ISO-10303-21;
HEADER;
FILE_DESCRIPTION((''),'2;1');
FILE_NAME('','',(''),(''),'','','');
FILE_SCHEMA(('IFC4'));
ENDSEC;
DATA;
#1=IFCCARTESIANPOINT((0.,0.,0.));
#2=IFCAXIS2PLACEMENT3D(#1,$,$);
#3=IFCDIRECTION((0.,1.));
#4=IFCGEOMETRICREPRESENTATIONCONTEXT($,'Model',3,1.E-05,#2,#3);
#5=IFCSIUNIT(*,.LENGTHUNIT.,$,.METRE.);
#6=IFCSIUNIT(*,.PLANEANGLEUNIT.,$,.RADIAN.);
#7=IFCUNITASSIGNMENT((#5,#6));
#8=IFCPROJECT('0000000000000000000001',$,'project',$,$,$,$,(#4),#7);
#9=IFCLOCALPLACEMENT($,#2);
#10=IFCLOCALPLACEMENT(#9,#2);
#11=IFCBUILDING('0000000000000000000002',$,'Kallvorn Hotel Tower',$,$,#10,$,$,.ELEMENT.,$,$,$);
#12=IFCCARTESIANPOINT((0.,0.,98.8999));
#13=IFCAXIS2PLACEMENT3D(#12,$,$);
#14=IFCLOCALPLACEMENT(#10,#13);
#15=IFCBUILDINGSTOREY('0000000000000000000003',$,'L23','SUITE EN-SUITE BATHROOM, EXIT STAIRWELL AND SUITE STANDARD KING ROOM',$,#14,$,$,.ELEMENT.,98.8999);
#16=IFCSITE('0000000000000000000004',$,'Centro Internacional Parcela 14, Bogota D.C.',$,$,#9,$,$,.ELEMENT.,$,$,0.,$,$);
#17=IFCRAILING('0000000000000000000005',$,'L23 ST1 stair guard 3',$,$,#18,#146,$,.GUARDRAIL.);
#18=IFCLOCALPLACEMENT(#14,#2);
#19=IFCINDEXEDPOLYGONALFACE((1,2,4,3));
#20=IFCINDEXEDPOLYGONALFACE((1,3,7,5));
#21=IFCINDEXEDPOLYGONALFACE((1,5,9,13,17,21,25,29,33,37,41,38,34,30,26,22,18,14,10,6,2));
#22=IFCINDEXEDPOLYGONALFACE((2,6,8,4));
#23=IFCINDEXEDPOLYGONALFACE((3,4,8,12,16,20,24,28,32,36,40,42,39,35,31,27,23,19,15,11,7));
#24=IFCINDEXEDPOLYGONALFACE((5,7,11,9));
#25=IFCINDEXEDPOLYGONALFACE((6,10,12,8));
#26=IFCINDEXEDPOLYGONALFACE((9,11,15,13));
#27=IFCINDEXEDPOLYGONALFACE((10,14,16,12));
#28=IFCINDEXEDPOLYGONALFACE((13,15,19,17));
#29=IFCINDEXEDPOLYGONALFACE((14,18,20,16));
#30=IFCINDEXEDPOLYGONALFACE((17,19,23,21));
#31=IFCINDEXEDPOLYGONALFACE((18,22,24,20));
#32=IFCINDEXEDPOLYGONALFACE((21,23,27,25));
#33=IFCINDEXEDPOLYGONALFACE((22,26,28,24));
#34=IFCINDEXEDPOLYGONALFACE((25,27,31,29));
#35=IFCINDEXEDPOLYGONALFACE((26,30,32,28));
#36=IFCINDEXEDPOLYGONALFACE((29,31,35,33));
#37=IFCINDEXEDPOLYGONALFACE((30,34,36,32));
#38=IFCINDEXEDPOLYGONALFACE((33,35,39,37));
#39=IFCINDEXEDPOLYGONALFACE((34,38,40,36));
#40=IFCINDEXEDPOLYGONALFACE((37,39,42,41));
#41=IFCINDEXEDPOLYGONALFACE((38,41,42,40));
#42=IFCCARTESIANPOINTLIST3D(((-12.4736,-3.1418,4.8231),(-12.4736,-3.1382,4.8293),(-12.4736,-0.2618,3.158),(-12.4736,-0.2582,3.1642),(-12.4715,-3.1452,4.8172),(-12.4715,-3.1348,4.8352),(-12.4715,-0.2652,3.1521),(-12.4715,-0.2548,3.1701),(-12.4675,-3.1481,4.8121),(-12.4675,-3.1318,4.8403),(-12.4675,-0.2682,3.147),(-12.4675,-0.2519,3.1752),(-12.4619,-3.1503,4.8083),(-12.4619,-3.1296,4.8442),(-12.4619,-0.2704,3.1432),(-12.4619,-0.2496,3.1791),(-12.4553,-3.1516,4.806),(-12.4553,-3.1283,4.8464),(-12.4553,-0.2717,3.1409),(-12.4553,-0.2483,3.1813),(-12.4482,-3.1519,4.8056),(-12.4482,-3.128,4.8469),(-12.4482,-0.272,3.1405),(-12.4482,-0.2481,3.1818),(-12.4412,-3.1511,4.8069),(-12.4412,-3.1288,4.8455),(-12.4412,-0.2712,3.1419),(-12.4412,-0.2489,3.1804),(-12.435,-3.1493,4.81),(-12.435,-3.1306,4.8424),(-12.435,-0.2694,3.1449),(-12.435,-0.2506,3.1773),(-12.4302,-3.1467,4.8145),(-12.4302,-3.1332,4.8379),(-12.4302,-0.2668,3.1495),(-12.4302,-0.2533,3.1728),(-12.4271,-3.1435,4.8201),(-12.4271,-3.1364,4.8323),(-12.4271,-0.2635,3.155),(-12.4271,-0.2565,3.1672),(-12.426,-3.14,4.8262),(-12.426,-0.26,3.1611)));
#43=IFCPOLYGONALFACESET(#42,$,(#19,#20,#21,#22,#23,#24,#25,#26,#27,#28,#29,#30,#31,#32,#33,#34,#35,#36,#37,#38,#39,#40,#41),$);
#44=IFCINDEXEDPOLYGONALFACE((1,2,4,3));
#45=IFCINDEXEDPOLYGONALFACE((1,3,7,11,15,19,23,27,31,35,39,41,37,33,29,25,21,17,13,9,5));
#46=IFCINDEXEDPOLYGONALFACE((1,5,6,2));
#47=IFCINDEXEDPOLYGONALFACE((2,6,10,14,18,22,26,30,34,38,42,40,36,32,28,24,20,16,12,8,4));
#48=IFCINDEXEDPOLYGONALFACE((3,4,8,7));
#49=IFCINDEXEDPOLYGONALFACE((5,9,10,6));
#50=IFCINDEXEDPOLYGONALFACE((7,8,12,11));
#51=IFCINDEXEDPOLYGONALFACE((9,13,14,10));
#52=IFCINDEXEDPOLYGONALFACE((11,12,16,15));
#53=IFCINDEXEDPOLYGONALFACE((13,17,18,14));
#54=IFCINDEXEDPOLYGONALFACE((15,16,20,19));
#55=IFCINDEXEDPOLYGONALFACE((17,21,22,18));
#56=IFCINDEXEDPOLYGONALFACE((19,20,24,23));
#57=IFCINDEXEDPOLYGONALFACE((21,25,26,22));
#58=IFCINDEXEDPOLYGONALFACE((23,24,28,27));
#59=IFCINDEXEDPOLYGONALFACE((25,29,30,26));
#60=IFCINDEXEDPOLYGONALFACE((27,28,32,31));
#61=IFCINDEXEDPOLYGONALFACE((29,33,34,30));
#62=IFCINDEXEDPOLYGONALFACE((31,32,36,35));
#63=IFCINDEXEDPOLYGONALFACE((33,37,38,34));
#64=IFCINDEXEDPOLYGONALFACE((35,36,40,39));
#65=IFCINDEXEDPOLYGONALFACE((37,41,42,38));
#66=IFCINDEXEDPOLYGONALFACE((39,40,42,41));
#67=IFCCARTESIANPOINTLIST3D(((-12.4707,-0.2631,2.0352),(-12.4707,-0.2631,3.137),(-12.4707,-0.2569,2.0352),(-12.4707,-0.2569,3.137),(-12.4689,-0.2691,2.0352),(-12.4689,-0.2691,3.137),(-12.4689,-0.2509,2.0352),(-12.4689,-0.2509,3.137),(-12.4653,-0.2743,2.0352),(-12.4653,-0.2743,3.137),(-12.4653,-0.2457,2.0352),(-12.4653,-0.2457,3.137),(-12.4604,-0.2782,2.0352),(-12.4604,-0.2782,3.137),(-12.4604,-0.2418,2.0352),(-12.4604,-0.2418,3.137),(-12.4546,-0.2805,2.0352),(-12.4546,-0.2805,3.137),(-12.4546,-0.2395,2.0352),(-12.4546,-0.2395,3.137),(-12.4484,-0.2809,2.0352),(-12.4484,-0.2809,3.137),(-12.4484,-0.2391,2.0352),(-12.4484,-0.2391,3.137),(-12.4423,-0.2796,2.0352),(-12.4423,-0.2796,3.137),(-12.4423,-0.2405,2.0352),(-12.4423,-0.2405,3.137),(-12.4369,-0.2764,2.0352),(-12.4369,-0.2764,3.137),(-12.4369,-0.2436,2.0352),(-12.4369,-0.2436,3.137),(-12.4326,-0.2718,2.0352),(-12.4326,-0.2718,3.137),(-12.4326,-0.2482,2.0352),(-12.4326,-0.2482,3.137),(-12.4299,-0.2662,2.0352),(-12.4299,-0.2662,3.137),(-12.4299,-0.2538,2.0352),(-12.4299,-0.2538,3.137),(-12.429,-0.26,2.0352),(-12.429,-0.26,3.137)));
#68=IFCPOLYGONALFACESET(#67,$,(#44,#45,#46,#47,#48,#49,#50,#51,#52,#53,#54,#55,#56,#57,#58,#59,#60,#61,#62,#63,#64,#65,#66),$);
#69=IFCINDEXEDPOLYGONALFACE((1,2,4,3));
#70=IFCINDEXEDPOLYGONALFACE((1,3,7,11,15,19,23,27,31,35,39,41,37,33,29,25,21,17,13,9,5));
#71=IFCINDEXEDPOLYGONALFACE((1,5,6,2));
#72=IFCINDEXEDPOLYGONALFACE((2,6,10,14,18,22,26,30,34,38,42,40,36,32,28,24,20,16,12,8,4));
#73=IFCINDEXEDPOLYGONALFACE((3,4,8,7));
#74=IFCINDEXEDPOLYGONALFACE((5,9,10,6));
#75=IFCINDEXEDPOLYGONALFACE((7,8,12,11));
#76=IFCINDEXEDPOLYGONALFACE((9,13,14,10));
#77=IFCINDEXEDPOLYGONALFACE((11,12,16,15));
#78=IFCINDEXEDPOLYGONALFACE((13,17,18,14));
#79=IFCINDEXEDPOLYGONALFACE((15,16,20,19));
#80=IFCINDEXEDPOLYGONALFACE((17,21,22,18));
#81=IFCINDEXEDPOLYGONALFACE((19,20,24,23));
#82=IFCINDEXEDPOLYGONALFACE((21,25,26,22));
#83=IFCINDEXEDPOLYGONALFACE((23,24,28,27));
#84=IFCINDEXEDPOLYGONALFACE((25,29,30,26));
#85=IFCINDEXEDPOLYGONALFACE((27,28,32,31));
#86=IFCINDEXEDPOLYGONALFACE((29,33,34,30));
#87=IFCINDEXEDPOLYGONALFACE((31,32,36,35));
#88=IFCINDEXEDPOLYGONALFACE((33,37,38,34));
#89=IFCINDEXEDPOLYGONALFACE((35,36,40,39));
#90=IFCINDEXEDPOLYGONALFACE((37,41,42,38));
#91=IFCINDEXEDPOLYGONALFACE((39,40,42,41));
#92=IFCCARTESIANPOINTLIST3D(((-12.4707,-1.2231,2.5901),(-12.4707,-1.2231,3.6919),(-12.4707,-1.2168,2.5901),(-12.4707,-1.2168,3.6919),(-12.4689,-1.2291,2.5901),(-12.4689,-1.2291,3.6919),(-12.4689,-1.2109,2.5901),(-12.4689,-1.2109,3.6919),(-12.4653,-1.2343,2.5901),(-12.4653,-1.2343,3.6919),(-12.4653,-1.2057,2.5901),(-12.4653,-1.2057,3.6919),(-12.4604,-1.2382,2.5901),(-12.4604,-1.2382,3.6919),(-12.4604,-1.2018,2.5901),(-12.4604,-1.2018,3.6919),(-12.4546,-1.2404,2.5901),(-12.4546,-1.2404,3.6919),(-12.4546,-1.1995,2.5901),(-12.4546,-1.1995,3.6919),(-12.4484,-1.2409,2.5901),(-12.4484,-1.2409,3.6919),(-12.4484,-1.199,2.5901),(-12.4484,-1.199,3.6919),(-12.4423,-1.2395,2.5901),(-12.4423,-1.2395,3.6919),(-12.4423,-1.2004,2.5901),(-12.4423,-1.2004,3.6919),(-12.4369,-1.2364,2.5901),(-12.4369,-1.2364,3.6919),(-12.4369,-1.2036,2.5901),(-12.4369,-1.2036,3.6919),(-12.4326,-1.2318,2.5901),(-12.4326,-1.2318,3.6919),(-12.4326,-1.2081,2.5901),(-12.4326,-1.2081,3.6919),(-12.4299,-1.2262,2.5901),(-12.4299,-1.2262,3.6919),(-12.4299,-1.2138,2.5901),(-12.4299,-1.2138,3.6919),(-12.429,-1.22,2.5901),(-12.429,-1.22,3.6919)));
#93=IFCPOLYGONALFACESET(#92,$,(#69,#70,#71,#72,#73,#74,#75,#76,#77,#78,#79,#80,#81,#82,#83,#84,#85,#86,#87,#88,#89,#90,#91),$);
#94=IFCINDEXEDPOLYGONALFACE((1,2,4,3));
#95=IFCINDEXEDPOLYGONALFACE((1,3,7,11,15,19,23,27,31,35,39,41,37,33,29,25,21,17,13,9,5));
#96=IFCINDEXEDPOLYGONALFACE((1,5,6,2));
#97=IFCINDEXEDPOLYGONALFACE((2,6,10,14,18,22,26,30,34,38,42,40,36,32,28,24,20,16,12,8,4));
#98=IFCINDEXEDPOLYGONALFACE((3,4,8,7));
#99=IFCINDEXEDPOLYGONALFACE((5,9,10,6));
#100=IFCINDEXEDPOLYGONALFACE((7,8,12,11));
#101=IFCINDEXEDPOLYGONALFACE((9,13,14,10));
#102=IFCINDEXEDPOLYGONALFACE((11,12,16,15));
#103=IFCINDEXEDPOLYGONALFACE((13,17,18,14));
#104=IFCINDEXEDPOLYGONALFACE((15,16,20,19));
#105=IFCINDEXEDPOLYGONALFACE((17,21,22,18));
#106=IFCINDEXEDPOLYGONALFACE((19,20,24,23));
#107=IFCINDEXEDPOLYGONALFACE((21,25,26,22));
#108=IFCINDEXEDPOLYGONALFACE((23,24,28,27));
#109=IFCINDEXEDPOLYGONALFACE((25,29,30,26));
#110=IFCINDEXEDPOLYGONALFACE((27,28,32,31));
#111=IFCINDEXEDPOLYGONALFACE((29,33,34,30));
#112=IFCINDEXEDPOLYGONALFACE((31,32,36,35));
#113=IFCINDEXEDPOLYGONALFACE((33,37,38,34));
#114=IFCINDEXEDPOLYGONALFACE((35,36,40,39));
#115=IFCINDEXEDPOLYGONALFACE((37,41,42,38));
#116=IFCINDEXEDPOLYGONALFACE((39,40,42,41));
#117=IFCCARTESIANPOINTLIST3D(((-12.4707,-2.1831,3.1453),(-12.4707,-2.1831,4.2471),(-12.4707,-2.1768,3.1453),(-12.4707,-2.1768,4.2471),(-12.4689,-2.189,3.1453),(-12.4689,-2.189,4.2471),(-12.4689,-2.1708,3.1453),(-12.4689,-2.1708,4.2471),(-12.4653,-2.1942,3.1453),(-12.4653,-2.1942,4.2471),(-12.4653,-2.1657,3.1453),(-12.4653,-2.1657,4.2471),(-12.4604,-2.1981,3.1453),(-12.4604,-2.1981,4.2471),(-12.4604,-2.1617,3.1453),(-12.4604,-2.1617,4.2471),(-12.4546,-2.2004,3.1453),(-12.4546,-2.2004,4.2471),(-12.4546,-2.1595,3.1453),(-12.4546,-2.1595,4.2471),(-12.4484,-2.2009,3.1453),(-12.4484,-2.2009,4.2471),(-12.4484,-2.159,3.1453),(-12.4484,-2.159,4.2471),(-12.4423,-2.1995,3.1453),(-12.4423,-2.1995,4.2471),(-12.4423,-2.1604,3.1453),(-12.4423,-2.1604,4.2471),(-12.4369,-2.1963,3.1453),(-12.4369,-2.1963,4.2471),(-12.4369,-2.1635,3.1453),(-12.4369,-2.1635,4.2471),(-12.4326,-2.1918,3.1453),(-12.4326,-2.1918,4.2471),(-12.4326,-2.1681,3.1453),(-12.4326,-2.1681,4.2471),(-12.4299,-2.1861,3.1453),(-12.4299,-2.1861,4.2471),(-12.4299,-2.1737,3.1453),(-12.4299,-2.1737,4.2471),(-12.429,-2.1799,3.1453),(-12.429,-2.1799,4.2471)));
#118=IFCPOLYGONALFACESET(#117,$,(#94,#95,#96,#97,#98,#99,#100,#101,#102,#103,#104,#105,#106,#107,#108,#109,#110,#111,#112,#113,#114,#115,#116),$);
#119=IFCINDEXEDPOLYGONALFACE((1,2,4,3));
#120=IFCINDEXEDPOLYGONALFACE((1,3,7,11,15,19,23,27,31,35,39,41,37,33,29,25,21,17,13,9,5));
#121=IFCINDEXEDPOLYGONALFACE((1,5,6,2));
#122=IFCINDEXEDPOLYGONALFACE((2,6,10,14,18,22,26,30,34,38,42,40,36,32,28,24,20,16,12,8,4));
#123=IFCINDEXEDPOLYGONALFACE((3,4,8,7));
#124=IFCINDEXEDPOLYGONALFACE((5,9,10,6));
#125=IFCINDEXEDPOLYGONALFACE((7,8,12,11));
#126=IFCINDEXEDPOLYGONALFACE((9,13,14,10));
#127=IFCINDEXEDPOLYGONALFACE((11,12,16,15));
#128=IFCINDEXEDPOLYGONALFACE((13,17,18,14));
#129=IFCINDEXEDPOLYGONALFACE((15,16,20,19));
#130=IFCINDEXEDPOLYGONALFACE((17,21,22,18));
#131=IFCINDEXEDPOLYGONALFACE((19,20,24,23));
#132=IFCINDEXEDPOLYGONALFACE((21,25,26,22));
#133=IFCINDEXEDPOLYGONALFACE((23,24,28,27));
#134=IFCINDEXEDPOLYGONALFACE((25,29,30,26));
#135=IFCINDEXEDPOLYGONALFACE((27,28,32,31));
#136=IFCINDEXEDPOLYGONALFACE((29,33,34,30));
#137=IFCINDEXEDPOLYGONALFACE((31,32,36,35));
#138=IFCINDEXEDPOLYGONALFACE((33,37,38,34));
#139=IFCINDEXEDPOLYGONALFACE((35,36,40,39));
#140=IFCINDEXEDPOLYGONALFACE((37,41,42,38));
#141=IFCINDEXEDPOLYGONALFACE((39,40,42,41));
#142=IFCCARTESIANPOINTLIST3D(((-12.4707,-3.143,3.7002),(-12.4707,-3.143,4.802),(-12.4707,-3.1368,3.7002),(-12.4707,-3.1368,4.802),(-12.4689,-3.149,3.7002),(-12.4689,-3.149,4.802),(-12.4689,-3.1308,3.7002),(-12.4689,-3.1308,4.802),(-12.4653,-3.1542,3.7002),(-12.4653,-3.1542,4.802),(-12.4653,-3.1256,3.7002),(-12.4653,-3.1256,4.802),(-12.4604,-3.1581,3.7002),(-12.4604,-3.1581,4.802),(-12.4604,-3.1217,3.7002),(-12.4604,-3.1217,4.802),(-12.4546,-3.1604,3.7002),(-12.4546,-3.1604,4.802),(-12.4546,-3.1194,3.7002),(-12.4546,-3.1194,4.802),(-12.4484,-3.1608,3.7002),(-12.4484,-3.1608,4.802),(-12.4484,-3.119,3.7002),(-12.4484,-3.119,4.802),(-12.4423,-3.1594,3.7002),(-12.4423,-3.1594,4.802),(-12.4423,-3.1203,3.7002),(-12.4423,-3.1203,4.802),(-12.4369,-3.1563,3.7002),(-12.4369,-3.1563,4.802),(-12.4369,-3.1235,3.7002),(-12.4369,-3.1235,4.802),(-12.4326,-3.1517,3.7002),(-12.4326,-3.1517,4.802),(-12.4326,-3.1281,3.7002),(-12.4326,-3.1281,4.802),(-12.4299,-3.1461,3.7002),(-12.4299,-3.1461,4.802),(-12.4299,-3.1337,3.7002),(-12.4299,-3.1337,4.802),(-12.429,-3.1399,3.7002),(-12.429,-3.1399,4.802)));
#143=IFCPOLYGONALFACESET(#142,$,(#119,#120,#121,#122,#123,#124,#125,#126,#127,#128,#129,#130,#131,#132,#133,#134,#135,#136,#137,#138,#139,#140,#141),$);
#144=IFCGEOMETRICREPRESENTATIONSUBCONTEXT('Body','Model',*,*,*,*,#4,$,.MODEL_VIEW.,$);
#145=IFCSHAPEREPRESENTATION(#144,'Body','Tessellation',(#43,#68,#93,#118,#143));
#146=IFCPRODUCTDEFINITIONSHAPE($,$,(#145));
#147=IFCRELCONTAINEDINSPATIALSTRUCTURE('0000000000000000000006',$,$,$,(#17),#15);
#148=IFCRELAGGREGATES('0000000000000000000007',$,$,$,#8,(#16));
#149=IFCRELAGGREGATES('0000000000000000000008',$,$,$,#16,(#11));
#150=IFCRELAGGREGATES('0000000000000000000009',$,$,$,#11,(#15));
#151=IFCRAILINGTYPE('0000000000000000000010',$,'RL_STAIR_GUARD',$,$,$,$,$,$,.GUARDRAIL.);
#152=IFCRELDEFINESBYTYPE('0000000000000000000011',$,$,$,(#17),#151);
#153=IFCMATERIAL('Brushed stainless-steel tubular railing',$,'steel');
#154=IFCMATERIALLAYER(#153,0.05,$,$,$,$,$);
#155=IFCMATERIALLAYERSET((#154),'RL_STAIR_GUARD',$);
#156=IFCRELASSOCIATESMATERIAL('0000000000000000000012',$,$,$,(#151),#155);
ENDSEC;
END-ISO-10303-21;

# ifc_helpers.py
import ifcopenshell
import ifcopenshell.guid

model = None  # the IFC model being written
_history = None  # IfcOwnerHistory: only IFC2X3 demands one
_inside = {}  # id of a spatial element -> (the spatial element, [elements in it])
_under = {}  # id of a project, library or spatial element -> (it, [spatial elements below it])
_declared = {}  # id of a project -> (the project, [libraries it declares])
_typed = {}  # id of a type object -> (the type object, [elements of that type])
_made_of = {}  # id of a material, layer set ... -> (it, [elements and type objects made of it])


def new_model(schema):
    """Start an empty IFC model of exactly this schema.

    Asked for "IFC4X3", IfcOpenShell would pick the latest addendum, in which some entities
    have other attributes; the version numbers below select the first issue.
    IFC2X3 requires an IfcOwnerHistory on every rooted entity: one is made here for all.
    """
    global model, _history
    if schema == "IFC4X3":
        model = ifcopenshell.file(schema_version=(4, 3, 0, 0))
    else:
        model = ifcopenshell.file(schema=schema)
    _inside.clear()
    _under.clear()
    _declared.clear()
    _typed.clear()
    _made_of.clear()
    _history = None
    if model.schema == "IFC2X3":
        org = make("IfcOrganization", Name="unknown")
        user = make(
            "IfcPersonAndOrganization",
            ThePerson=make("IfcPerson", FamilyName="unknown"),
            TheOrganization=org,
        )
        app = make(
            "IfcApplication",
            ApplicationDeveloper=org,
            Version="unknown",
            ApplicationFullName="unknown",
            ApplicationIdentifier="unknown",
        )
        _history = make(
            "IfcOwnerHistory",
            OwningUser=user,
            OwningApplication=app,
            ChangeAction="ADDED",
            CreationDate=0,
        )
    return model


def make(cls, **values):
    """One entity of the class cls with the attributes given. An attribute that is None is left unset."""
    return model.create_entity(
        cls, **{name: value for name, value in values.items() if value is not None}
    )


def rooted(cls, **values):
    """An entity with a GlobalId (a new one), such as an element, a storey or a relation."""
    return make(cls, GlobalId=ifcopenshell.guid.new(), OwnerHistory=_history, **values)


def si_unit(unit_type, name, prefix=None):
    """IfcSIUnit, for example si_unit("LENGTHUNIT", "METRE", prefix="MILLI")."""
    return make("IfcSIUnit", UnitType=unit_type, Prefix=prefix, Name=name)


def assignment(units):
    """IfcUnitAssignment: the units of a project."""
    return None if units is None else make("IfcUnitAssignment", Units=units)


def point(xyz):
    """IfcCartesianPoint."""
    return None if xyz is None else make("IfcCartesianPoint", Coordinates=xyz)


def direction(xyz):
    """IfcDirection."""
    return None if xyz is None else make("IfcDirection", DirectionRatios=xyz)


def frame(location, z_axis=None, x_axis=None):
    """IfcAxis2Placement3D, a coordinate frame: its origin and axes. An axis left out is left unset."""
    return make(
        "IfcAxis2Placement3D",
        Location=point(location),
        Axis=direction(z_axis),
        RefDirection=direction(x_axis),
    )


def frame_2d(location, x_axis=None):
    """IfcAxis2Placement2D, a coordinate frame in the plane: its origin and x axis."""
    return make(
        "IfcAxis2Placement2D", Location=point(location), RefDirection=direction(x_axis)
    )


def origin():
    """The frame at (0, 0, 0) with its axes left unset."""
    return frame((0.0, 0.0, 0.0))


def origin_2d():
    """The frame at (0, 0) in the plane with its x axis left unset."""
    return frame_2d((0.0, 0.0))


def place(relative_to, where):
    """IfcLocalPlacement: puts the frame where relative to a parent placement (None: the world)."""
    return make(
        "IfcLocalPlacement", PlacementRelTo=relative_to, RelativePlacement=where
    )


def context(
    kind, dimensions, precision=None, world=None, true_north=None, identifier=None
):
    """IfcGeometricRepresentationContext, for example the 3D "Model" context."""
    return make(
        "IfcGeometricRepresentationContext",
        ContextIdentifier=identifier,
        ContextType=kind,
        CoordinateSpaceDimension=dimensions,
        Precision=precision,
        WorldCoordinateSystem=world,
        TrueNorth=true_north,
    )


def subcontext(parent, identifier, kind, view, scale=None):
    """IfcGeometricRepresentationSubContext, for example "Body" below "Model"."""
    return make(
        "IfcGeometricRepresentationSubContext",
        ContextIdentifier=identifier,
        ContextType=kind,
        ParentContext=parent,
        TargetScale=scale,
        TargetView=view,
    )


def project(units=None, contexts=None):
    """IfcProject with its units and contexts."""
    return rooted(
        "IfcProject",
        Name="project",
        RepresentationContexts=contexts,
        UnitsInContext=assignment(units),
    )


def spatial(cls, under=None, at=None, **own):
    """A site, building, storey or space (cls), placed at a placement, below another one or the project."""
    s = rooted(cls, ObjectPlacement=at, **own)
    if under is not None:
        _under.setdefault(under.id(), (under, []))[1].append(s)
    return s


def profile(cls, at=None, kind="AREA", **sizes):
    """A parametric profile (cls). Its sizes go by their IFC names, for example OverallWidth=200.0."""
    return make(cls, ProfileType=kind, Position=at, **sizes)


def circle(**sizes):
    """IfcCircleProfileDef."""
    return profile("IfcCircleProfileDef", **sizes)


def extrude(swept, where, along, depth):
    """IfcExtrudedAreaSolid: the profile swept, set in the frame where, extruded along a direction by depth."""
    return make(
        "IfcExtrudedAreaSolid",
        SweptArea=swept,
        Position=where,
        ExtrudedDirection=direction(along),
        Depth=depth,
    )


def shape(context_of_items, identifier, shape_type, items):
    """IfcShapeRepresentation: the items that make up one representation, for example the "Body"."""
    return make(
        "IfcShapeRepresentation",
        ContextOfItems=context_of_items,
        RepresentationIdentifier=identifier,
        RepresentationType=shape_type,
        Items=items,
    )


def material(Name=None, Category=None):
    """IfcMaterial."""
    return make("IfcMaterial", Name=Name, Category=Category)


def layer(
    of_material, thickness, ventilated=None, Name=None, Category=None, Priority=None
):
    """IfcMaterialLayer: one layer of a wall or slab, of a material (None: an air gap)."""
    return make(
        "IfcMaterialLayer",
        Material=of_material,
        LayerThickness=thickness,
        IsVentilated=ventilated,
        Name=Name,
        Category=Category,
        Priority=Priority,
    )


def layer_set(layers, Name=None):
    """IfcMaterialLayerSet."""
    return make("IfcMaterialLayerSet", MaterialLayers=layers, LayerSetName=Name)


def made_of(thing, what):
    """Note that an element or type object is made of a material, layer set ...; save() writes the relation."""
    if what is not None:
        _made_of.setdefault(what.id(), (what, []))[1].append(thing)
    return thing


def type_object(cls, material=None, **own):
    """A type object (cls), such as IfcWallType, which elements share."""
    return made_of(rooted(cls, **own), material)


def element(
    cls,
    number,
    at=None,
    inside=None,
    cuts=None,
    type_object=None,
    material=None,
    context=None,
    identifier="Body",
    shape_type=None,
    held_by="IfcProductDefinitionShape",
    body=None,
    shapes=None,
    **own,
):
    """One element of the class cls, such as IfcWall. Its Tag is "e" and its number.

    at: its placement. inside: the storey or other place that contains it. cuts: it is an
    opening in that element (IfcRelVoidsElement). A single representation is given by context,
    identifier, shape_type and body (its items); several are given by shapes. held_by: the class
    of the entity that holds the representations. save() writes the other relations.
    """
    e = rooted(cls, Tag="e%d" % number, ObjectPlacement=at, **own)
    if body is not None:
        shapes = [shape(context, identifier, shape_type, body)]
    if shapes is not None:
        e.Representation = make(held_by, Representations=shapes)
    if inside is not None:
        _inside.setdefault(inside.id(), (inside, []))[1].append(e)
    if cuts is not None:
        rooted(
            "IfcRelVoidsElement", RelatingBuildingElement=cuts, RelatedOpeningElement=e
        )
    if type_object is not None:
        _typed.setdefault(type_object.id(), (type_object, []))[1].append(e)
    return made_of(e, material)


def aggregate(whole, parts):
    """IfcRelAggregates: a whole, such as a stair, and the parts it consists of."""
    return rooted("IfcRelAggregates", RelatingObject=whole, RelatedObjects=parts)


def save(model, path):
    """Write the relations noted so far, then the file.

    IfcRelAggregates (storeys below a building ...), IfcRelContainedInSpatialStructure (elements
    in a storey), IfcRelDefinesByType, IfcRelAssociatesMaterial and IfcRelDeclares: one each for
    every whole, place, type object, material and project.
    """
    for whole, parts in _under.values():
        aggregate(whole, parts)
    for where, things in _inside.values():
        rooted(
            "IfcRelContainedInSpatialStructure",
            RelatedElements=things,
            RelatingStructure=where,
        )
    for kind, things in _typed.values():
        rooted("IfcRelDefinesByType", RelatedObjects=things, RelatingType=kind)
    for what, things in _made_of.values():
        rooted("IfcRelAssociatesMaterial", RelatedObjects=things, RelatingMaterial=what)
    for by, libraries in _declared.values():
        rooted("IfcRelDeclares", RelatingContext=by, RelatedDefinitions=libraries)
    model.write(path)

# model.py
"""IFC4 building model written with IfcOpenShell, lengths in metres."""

from ifc_helpers import new_model, si_unit, direction, frame, origin, origin_2d, place, context, subcontext, project, spatial, circle, extrude, material, layer, layer_set, type_object, element, save


model = new_model("IFC4")

# Units and contexts
model_context = context("Model", 3, precision=1e-05, world=origin(), true_north=direction((0.0, 1.0)))
body_context = subcontext(model_context, "Body", "Model", "MODEL_VIEW")
ifc_project = project(units=[si_unit("LENGTHUNIT", "METRE"), si_unit("PLANEANGLEUNIT", "RADIAN")], contexts=[model_context])

# Site, building, storey
site_placement = place(None, origin())
site = spatial("IfcSite", under=ifc_project, at=site_placement, Name="Centro Internacional Parcela 14, Bogota D.C.", CompositionType="ELEMENT", RefElevation=0.0)
building_placement = place(site_placement, origin())
building = spatial("IfcBuilding", under=site, at=building_placement, Name="Kallvorn Hotel Tower", CompositionType="ELEMENT")
storey_placement = place(building_placement, frame((0.0, 0.0, 98.8999)))
storey = spatial("IfcBuildingStorey", under=building, at=storey_placement, Name="L23", Description="SUITE EN-SUITE BATHROOM, EXIT STAIRWELL AND SUITE STANDARD KING ROOM", CompositionType="ELEMENT", Elevation=98.8999)

# Railing
ifc_material_1 = material(Name="Brushed stainless-steel tubular railing", Category="steel")
ifc_layer_1 = layer(ifc_material_1, 0.05)
ifc_layer_set_1 = layer_set([ifc_layer_1], Name="RL_STAIR_GUARD")
railing_type_1 = type_object("IfcRailingType", Name="RL_STAIR_GUARD", PredefinedType="GUARDRAIL", material=ifc_layer_set_1)
railing_1_placement = place(storey_placement, frame((-12.45, -0.26, 2.0352)))
element("IfcRailing", 1, at=railing_1_placement, inside=storey, type_object=railing_type_1, Name="L23 ST1 stair guard 3", PredefinedType="GUARDRAIL", context=body_context, shape_type="SweptSolid", body=[
    extrude(circle(Radius=0.0239, at=origin_2d()), frame((0.0, 0.0, 1.126), z_axis=(0.0, -0.865721, 0.500527), x_axis=(1.0, 0.0, 0.0)), (0.0, 0.0, 1.0), 3.3267),
    extrude(circle(Radius=0.021, at=origin_2d()), origin(), (0.0, 0.0, 1.0), 1.1018),
    extrude(circle(Radius=0.021, at=origin_2d()), frame((0.0, -0.96, 0.5549)), (0.0, 0.0, 1.0), 1.1018),
    extrude(circle(Radius=0.021, at=origin_2d()), frame((0.0, -1.9199, 1.1101)), (0.0, 0.0, 1.0), 1.1018),
    extrude(circle(Radius=0.021, at=origin_2d()), frame((0.0, -2.8799, 1.665)), (0.0, 0.0, 1.0), 1.1018),
])

save(model, "model.ifc")
